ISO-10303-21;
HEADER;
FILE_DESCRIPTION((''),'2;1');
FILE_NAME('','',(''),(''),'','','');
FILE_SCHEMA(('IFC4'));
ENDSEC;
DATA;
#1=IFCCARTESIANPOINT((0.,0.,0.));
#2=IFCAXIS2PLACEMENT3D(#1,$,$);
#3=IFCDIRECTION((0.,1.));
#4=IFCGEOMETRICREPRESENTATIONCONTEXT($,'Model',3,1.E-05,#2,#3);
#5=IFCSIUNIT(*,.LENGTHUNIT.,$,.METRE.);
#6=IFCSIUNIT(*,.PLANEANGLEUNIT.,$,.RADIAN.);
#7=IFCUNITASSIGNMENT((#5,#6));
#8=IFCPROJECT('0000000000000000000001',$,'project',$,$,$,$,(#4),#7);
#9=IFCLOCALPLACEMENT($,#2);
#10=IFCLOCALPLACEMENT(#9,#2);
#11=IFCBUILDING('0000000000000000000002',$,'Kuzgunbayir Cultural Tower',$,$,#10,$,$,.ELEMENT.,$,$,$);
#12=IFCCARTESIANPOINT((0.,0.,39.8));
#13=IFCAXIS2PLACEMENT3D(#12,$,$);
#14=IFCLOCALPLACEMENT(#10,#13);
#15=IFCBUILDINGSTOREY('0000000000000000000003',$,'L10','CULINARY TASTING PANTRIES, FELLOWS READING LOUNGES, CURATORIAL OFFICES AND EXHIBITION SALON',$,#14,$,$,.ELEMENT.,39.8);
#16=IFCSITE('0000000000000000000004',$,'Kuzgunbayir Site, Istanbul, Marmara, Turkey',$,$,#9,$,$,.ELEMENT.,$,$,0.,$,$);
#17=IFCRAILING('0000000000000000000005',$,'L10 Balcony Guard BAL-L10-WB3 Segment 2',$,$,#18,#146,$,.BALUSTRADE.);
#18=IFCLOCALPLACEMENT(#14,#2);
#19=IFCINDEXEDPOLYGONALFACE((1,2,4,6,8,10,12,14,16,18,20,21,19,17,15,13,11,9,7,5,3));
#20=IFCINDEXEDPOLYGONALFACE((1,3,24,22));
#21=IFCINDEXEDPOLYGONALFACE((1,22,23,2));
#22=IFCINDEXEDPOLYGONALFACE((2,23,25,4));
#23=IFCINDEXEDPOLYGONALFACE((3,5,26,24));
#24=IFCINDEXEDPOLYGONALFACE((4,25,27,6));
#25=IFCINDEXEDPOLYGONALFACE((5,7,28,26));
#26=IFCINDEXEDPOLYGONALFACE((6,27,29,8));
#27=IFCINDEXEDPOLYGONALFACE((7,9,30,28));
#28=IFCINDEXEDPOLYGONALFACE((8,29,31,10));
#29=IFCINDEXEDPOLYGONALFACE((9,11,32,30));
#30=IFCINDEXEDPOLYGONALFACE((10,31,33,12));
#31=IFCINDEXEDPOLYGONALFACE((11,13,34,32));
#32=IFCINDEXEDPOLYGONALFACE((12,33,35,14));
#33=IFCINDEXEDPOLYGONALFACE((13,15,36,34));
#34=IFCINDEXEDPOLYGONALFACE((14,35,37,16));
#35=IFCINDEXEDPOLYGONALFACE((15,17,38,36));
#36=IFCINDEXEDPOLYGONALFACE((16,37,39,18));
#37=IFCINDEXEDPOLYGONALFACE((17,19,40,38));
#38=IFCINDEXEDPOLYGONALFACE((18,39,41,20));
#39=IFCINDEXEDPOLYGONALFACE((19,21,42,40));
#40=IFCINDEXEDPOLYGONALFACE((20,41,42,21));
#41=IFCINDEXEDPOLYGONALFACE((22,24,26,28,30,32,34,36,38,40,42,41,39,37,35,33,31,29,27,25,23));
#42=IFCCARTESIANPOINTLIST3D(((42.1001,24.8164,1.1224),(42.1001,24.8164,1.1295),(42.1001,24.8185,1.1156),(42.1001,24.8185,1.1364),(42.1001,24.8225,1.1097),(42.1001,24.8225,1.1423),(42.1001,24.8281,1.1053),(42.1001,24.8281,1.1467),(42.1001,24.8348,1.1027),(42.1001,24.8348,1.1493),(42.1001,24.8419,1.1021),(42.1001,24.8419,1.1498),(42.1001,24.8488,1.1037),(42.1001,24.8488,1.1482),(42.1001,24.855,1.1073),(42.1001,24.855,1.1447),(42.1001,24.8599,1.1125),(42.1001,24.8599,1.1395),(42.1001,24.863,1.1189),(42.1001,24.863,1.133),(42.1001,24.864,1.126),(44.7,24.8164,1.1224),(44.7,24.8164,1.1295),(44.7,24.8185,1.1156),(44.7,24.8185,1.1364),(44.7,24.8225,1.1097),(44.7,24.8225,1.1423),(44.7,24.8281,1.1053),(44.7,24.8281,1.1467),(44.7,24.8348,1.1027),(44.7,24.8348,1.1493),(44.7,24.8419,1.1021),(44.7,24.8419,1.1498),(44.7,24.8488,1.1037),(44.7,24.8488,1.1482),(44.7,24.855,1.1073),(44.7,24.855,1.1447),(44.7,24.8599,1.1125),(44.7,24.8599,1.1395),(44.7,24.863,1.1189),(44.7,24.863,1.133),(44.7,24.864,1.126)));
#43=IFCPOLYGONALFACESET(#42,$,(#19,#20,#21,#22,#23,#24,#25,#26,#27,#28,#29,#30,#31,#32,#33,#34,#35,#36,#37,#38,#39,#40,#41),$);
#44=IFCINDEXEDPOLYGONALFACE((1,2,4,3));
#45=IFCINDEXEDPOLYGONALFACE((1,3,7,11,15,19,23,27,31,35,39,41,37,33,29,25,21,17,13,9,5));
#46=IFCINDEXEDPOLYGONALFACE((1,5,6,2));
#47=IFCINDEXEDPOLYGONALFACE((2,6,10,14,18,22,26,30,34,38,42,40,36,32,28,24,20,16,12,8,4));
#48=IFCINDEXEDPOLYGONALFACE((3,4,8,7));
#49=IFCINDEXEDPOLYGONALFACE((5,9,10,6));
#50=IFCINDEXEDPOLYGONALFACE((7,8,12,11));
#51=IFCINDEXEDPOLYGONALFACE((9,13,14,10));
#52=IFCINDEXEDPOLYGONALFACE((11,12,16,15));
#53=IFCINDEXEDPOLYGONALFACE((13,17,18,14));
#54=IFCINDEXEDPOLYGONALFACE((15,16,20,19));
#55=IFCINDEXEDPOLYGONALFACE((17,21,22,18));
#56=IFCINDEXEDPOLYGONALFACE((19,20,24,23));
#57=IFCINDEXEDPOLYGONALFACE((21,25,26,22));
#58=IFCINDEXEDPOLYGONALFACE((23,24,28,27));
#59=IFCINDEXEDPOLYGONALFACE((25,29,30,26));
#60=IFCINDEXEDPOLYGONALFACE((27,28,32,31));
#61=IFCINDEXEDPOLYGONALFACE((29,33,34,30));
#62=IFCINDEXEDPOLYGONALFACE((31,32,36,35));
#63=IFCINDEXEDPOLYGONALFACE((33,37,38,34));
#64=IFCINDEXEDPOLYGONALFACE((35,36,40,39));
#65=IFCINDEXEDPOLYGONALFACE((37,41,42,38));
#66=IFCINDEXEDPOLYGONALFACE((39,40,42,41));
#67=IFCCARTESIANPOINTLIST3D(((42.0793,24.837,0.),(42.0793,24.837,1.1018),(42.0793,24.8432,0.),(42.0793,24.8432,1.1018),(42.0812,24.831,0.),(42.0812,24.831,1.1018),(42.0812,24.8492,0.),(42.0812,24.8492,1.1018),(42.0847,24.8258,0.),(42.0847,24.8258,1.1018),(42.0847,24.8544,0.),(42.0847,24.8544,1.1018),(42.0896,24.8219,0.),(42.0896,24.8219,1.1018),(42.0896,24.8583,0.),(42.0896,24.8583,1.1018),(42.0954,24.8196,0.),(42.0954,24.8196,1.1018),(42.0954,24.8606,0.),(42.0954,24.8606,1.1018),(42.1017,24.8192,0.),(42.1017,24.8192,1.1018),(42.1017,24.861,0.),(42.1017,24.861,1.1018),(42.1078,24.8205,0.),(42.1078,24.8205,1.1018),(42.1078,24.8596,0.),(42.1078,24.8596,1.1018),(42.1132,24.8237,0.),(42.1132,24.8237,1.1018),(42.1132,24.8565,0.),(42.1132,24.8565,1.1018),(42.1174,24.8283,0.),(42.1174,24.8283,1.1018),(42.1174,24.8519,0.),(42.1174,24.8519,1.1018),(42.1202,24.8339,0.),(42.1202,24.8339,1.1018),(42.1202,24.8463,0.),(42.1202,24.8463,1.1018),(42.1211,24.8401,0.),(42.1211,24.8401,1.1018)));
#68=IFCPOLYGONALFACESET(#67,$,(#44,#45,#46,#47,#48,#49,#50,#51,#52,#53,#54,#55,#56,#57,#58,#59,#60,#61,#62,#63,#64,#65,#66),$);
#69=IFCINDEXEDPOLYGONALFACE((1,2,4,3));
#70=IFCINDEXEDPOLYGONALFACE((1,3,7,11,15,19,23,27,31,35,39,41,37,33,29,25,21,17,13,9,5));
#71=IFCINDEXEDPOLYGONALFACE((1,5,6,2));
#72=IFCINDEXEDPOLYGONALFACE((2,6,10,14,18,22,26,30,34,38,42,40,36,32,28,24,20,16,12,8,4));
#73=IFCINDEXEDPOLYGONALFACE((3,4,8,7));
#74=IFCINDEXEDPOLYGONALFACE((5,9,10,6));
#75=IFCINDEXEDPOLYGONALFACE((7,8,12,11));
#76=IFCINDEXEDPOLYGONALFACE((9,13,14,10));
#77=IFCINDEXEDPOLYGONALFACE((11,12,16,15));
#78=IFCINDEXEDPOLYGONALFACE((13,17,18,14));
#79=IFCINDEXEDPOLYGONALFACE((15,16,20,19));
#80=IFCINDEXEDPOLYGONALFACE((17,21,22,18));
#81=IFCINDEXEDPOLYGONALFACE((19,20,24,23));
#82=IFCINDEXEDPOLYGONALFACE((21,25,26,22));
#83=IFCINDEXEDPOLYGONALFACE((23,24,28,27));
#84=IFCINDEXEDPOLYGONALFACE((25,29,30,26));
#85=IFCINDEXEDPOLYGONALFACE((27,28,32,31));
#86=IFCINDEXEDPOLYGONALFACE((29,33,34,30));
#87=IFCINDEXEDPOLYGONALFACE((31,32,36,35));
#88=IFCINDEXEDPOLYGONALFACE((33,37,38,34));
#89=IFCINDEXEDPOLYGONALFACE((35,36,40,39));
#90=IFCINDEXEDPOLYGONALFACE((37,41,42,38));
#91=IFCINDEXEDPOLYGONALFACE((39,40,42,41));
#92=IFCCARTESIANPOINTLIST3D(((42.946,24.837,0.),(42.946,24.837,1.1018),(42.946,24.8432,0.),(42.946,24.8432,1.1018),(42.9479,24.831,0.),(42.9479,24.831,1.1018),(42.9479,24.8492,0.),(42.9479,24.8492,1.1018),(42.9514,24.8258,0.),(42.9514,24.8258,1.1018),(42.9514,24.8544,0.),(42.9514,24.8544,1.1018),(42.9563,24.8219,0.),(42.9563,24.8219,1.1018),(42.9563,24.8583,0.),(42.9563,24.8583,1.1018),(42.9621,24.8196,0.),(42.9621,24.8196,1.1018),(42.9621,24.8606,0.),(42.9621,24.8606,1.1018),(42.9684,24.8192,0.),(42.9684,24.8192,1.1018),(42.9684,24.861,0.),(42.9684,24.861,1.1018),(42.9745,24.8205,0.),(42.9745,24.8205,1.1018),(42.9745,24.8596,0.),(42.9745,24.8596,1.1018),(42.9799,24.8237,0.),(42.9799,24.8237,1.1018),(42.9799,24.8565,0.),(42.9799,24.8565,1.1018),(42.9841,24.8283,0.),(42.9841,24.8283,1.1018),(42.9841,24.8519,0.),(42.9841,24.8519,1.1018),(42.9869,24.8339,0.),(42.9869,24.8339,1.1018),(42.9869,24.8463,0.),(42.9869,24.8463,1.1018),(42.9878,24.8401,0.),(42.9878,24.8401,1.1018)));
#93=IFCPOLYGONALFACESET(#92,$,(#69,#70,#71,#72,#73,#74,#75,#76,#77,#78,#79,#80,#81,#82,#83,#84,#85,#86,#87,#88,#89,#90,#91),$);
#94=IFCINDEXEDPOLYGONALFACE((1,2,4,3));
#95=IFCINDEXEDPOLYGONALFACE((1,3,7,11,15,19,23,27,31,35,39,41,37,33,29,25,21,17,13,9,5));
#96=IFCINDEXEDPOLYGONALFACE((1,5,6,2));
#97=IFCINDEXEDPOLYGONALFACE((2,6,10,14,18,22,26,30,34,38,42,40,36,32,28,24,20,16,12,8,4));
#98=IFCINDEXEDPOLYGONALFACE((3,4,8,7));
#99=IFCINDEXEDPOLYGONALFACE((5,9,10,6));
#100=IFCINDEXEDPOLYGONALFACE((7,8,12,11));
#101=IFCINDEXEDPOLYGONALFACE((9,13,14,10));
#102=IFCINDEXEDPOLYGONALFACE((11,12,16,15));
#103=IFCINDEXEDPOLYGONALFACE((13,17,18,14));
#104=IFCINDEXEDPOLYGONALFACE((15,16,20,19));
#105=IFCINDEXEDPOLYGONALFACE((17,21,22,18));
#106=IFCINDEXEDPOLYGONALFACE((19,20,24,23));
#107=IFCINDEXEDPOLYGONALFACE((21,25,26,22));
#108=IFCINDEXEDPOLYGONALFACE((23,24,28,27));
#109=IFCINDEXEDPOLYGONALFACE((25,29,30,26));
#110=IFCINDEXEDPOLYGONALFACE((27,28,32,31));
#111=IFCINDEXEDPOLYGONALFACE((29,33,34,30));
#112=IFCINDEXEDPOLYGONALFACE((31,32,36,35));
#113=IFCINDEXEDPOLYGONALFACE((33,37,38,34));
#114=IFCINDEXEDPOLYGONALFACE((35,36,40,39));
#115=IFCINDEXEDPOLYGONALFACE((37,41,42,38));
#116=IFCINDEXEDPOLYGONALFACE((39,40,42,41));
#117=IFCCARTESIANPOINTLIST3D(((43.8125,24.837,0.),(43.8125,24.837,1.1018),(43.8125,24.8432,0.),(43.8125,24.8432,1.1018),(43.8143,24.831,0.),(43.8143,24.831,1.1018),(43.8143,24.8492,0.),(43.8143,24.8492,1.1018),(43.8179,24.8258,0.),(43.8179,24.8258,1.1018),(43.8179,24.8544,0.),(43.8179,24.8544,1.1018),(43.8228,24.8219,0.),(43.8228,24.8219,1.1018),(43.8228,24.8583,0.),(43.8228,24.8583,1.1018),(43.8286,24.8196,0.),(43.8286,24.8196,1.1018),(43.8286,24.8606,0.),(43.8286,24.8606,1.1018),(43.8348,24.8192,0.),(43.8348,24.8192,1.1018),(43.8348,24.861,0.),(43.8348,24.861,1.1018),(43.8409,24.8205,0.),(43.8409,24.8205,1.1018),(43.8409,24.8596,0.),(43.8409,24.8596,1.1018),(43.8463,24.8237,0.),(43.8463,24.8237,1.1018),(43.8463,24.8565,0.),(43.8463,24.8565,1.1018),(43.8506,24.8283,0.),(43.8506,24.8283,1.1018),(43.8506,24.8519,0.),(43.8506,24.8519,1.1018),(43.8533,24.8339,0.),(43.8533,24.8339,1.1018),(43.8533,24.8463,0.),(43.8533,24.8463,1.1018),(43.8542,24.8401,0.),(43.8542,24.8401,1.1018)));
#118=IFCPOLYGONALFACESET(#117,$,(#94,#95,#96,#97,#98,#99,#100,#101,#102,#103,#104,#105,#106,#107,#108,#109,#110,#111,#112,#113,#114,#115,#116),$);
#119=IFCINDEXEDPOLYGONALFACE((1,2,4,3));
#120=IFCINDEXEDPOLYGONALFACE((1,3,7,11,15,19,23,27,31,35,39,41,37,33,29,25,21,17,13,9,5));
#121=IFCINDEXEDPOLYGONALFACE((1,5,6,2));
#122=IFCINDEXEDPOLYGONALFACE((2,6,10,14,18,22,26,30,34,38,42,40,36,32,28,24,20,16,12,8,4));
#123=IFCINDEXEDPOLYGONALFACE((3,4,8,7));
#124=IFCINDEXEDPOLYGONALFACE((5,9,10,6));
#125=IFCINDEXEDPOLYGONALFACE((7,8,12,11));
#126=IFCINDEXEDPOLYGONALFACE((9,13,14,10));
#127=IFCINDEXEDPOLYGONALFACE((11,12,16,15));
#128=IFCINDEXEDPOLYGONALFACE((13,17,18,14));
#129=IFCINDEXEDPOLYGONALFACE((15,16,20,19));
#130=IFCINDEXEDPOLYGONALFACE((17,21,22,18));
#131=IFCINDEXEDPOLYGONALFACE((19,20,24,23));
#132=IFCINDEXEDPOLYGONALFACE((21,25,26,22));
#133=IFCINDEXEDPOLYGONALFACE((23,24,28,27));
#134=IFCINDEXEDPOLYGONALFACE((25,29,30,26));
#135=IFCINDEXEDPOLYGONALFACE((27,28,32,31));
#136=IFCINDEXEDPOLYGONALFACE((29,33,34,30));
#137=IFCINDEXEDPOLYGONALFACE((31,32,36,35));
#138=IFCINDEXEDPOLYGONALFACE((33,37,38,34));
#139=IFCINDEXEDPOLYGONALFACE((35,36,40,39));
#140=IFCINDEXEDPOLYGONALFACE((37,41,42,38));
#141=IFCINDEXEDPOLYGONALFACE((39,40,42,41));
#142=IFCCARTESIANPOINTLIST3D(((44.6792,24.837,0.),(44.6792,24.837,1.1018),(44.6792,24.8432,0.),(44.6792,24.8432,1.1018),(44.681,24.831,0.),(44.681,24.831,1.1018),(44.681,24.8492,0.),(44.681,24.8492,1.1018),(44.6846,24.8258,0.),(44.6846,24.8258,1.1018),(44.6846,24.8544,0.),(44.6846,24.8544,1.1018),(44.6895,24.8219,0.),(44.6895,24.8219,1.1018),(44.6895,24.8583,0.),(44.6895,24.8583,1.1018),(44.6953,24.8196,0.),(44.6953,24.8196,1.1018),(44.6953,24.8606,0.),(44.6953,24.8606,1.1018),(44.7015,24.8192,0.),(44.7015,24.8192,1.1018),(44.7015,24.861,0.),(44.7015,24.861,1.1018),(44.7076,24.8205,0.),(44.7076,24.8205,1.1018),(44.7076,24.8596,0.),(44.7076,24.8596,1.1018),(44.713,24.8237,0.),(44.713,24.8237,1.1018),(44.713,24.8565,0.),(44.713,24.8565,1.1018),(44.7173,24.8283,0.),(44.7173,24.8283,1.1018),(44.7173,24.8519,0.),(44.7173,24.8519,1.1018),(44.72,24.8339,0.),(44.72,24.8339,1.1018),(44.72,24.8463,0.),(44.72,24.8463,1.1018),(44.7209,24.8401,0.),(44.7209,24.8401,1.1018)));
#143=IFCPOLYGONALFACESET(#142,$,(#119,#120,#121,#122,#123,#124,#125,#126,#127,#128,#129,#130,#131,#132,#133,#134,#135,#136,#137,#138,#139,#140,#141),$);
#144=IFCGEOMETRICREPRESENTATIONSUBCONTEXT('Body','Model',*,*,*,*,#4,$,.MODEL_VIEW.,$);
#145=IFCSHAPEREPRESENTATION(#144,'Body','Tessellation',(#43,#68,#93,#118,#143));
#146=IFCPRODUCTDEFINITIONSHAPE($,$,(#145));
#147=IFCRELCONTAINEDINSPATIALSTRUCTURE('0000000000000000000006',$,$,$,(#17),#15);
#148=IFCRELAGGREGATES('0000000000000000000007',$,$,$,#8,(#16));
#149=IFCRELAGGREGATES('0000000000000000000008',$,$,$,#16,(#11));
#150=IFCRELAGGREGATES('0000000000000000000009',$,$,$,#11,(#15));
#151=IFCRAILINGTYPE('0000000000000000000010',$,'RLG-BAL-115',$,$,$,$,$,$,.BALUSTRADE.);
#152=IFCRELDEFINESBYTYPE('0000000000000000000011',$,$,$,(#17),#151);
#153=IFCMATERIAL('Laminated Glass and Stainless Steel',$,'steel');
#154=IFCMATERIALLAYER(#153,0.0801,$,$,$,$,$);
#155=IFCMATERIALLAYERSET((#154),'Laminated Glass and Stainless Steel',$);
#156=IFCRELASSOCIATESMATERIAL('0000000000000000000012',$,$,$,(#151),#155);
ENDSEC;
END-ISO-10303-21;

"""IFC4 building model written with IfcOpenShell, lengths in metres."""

from ifc_helpers import new_model, si_unit, direction, frame, origin, origin_2d, place, context, subcontext, project, spatial, circle, extrude, material, layer, layer_set, type_object, element, save


model = new_model("IFC4")

# Units and contexts
model_context = context("Model", 3, precision=1e-05, world=origin(), true_north=direction((0.0, 1.0)))
body_context = subcontext(model_context, "Body", "Model", "MODEL_VIEW")
ifc_project = project(units=[si_unit("LENGTHUNIT", "METRE"), si_unit("PLANEANGLEUNIT", "RADIAN")], contexts=[model_context])

# Site, building, storey
site_placement = place(None, origin())
site = spatial("IfcSite", under=ifc_project, at=site_placement, Name="Kuzgunbayir Site, Istanbul, Marmara, Turkey", CompositionType="ELEMENT", RefElevation=0.0)
building_placement = place(site_placement, origin())
building = spatial("IfcBuilding", under=site, at=building_placement, Name="Kuzgunbayir Cultural Tower", CompositionType="ELEMENT")
storey_placement = place(building_placement, frame((0.0, 0.0, 39.8)))
storey = spatial("IfcBuildingStorey", under=building, at=storey_placement, Name="L10", Description="CULINARY TASTING PANTRIES, FELLOWS READING LOUNGES, CURATORIAL OFFICES AND EXHIBITION SALON", CompositionType="ELEMENT", Elevation=39.8)

# Railing
ifc_material_1 = material(Name="Laminated Glass and Stainless Steel", Category="steel")
ifc_layer_1 = layer(ifc_material_1, 0.0801)
ifc_layer_set_1 = layer_set([ifc_layer_1], Name="Laminated Glass and Stainless Steel")
railing_type = type_object("IfcRailingType", Name="RLG-BAL-115", PredefinedType="BALUSTRADE", material=ifc_layer_set_1)
railing_1_placement = place(storey_placement, frame((42.1001, 24.8401, 0.0)))
element("IfcRailing", 1, at=railing_1_placement, inside=storey, type_object=railing_type, Name="L10 Balcony Guard BAL-L10-WB3 Segment 2", PredefinedType="BALUSTRADE", context=body_context, shape_type="SweptSolid", body=[
    extrude(circle(Radius=0.0239, at=origin_2d()), frame((0.0, 0.0, 1.126), z_axis=(1.0, 0.0, 0.0), x_axis=(0.0, 1.0, 0.0)), (0.0, 0.0, 1.0), 2.5999),
    extrude(circle(Radius=0.021, at=origin_2d()), origin(), (0.0, 0.0, 1.0), 1.1018),
    extrude(circle(Radius=0.021, at=origin_2d()), frame((0.8667, 0.0, 0.0)), (0.0, 0.0, 1.0), 1.1018),
    extrude(circle(Radius=0.021, at=origin_2d()), frame((1.7332, 0.0, 0.0)), (0.0, 0.0, 1.0), 1.1018),
    extrude(circle(Radius=0.021, at=origin_2d()), frame((2.5999, 0.0, 0.0)), (0.0, 0.0, 1.0), 1.1018),
])

save(model, "model.ifc")
